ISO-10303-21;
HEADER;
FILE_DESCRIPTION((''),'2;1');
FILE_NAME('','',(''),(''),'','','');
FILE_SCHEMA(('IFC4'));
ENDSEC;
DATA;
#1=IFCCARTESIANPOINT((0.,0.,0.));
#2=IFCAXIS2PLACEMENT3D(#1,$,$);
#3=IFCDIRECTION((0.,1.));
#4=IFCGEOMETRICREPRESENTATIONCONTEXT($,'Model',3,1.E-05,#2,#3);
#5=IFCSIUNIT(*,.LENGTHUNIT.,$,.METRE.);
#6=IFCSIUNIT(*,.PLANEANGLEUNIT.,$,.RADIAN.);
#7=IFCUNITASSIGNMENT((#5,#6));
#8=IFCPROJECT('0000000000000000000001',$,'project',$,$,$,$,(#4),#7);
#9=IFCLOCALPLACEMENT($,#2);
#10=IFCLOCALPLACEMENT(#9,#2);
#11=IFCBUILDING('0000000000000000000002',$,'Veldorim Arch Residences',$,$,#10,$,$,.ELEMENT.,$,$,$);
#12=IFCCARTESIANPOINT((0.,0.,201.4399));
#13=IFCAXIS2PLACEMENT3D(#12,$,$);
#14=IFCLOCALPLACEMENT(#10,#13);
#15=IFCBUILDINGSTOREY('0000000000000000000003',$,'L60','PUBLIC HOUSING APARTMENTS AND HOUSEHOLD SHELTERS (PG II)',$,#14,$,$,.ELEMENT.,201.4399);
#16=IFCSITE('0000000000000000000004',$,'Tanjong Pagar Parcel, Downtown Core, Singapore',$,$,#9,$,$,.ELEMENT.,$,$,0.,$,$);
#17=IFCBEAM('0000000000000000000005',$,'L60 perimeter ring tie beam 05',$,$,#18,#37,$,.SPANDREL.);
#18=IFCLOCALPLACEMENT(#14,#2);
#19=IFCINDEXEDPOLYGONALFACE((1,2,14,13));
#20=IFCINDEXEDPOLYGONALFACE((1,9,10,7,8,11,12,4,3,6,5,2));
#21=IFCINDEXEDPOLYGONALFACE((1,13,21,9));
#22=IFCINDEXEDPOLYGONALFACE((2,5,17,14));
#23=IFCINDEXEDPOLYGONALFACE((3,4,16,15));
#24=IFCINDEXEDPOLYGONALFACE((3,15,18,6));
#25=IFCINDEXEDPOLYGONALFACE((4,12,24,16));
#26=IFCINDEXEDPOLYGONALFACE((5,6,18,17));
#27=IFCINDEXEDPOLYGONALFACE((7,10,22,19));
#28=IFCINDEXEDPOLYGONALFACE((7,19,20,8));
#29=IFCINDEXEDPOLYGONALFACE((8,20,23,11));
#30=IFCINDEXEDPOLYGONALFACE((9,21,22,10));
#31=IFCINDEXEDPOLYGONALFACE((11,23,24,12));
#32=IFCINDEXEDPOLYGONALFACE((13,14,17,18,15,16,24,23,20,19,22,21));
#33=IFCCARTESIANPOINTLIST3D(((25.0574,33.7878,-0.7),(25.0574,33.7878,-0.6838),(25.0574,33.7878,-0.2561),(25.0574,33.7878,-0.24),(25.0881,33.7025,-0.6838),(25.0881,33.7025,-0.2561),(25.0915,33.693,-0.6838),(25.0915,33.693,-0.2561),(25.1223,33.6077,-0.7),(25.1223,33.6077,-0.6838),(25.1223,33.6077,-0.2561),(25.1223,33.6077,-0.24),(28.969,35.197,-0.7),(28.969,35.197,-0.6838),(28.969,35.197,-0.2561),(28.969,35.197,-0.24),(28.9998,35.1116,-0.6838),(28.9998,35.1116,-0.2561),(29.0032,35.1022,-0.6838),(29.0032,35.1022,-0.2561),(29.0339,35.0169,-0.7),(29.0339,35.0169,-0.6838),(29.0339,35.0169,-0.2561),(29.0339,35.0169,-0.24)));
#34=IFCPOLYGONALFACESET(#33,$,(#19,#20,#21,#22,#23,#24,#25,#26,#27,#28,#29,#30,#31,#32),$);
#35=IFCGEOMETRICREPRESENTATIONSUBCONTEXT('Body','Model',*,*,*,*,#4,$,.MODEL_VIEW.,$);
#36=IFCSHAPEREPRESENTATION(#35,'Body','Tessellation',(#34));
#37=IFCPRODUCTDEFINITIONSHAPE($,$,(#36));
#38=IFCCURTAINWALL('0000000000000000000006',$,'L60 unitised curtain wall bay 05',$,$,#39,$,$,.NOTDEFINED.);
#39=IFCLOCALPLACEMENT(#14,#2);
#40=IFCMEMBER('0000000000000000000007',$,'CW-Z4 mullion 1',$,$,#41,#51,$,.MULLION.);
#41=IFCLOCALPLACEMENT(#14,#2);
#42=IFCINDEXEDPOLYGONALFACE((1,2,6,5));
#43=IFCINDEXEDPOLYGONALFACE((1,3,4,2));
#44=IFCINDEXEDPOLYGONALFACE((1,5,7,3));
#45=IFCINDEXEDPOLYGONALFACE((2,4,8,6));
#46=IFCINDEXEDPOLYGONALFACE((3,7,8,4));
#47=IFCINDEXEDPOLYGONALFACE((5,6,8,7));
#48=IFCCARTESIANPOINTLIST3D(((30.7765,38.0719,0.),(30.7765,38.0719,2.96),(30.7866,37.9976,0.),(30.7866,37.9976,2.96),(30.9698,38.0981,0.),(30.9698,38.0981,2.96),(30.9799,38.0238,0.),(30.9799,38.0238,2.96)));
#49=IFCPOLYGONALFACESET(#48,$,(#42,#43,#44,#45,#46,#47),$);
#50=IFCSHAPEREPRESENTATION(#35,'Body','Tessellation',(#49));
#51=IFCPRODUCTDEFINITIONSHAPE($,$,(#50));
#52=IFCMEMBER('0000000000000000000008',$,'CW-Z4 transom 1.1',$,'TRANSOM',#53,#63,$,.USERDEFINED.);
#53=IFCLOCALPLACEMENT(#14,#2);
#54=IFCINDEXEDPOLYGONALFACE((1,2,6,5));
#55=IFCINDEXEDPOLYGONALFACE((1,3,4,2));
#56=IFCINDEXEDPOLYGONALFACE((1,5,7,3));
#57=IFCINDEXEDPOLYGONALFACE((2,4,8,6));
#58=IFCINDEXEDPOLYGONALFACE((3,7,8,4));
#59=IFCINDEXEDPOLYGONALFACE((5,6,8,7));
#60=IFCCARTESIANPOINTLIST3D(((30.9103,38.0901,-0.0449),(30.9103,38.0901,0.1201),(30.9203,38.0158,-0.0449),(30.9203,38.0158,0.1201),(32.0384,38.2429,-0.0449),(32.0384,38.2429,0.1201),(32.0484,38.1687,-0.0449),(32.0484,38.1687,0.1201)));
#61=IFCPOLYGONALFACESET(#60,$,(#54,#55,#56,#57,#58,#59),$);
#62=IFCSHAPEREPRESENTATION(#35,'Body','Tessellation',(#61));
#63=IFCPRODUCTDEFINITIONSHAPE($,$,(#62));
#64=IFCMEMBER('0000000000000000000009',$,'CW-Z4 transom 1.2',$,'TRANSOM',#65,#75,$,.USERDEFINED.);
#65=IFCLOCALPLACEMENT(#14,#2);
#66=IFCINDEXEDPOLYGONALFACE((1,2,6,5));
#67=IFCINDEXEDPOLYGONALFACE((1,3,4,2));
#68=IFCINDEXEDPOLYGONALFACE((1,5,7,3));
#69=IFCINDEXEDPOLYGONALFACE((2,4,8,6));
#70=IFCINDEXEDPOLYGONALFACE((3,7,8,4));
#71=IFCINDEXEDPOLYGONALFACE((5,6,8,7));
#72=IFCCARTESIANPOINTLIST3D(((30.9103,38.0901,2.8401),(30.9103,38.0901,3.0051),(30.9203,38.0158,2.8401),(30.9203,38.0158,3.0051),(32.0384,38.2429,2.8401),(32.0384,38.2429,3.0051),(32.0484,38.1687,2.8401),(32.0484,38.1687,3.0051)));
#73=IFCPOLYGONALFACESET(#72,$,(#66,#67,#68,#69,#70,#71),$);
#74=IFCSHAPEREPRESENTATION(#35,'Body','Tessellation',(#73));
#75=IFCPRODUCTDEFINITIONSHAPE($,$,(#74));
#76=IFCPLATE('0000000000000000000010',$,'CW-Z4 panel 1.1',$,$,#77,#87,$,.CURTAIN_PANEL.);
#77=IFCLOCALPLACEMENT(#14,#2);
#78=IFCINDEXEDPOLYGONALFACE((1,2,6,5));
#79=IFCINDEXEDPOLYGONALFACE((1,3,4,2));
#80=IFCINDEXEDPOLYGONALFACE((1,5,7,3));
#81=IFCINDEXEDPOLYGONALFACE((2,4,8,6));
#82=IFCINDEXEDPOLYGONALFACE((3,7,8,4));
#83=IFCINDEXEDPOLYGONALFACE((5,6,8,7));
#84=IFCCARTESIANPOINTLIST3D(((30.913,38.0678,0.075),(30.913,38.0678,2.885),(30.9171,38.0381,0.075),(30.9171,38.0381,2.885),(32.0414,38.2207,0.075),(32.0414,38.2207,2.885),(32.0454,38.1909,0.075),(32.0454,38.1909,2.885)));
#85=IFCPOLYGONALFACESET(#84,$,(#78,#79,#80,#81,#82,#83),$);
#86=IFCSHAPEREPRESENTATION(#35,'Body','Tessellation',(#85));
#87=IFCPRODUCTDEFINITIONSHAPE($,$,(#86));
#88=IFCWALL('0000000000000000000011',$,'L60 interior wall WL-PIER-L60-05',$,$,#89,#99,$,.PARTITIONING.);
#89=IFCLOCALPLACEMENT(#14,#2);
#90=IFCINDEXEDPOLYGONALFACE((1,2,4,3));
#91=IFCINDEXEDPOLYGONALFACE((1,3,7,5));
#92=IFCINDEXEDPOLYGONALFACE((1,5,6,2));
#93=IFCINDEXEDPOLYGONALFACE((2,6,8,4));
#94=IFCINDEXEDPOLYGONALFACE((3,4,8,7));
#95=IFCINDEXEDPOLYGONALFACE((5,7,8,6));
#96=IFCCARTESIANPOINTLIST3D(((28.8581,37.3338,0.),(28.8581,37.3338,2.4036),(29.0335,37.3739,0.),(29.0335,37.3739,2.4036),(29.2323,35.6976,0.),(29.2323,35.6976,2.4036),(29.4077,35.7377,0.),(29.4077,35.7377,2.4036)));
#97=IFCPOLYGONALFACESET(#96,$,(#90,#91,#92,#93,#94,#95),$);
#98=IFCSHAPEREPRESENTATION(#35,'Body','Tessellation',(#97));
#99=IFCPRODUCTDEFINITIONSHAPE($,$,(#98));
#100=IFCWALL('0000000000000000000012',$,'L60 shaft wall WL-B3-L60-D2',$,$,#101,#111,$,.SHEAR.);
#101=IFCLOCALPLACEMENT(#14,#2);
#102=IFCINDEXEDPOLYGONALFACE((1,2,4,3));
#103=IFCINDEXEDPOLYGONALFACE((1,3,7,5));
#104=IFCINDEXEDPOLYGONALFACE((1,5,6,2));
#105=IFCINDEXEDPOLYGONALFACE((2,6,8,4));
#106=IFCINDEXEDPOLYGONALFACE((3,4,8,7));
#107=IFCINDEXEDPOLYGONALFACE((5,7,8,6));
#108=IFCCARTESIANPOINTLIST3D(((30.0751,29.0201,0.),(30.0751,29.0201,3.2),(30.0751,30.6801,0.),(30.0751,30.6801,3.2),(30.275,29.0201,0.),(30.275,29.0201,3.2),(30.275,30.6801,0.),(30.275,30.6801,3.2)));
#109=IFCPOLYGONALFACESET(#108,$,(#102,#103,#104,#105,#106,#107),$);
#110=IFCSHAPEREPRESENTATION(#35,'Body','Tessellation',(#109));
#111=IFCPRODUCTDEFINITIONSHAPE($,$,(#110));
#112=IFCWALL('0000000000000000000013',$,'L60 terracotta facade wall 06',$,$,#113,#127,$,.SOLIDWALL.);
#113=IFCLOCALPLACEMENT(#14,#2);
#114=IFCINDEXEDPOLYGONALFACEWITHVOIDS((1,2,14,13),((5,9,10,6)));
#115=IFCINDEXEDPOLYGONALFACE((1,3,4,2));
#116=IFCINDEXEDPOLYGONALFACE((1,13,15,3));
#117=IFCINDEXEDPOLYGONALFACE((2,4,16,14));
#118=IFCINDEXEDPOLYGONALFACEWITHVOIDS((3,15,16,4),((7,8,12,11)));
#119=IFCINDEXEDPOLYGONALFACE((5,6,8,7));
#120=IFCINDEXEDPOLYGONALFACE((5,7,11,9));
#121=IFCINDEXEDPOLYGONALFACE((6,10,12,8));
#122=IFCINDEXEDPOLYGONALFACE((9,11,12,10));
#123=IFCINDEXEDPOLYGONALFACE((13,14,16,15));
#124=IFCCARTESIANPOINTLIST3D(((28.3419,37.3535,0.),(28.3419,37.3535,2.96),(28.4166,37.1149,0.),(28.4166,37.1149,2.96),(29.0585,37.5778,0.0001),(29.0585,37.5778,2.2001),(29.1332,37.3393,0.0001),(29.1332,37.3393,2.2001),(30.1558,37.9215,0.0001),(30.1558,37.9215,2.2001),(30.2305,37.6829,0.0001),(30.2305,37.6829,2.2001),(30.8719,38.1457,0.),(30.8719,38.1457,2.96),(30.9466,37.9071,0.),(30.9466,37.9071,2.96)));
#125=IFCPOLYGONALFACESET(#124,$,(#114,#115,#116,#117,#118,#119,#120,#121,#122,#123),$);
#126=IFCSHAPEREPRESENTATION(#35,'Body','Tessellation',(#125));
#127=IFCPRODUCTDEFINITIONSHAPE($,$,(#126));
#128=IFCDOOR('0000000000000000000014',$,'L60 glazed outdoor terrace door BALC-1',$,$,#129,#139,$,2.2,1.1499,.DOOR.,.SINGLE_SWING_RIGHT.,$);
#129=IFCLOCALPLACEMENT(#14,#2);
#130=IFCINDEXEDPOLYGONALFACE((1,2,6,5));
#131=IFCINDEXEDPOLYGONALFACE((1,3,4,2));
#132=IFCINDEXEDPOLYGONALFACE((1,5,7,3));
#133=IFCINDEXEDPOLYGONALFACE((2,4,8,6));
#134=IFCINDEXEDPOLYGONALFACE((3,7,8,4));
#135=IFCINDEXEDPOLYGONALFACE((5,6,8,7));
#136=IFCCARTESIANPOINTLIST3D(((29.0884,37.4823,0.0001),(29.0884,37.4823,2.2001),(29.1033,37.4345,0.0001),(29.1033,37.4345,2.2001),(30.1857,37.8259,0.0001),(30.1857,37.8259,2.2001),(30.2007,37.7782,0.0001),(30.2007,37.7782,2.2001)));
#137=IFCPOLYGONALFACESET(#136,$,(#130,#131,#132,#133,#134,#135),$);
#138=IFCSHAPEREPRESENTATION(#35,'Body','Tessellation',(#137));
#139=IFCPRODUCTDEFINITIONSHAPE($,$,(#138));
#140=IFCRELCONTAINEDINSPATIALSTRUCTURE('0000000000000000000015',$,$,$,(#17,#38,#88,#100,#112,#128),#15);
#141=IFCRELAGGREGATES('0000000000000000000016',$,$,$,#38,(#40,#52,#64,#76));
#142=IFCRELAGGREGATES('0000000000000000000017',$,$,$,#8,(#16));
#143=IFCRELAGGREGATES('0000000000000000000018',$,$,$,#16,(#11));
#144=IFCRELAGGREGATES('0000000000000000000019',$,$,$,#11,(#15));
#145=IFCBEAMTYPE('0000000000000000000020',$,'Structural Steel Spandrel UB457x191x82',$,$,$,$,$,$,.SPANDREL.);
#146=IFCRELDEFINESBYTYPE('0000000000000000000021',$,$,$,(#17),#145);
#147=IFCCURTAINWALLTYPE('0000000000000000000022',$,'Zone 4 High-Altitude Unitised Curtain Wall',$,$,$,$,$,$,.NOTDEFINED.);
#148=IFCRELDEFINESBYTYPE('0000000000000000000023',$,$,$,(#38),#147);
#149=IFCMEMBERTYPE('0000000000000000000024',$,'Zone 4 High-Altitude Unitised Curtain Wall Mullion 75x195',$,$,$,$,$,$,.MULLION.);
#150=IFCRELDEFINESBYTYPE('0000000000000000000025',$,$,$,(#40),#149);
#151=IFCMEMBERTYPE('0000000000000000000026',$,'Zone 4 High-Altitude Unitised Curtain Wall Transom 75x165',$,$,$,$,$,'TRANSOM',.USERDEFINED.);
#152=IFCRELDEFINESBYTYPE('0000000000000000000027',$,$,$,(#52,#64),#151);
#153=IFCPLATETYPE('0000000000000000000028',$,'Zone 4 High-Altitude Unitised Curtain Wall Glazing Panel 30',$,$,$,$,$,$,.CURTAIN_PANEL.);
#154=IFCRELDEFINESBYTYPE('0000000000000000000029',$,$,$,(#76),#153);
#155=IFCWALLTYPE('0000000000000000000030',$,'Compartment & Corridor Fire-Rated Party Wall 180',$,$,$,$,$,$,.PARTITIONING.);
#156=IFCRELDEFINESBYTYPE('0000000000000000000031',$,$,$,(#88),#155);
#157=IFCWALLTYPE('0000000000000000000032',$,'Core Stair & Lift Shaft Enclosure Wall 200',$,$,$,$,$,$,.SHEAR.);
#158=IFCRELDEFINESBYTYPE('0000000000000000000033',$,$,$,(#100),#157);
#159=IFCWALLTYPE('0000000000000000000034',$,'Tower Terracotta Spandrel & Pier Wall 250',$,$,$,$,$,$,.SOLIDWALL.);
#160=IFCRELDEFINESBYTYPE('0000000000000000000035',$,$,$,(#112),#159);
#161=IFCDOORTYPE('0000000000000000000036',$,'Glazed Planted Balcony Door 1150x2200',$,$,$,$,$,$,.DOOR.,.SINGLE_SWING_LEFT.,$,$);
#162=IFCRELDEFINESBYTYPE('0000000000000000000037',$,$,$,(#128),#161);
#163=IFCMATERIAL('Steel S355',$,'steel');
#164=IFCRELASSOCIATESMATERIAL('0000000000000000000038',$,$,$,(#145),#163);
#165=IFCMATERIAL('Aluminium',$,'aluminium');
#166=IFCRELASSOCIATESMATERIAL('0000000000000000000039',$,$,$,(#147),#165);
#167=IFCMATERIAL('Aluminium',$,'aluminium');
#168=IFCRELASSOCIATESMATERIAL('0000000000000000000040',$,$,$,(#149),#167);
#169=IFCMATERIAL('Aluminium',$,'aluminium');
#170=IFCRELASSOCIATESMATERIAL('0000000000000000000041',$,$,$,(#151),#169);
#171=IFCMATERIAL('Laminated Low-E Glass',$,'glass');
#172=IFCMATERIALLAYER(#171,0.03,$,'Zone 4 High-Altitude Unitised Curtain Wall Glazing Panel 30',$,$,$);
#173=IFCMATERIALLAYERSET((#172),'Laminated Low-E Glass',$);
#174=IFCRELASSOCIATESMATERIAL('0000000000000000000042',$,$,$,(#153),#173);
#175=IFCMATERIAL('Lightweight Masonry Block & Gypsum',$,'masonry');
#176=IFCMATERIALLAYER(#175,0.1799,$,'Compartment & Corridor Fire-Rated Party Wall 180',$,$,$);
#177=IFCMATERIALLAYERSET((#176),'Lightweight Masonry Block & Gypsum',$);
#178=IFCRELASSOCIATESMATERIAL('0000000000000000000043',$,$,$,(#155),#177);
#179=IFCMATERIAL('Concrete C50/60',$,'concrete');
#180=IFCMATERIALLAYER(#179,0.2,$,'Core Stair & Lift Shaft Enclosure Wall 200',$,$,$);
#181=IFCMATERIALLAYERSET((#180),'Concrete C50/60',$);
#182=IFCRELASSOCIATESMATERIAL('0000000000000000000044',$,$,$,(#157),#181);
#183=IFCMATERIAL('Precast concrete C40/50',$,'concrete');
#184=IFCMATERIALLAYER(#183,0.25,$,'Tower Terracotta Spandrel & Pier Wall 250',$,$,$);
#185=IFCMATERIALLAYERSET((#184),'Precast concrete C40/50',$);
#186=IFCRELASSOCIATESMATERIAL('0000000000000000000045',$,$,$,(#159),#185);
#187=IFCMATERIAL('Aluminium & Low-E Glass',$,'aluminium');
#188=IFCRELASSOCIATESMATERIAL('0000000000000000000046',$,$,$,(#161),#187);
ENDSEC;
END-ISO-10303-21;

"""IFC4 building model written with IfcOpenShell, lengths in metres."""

from ifc_helpers import new_model, si_unit, direction, frame, frame_2d, origin, origin_2d, place, context, subcontext, project, spatial, rectangle, i_section, extrude, material, layer, layer_set, material_profile, profile_set, type_object, element, fill, aggregate, save


model = new_model("IFC4")

# Units and contexts
model_context = context("Model", 3, precision=1e-05, world=origin(), true_north=direction((0.0, 1.0)))
body_context = subcontext(model_context, "Body", "Model", "MODEL_VIEW")
ifc_project = project(units=[si_unit("LENGTHUNIT", "METRE"), si_unit("PLANEANGLEUNIT", "RADIAN")], contexts=[model_context])

# Site, building, storey
site_placement = place(None, origin())
site = spatial("IfcSite", under=ifc_project, at=site_placement, Name="Tanjong Pagar Parcel, Downtown Core, Singapore", CompositionType="ELEMENT", RefElevation=0.0)
building_placement = place(site_placement, origin())
building = spatial("IfcBuilding", under=site, at=building_placement, Name="Veldorim Arch Residences", CompositionType="ELEMENT")
storey_placement = place(building_placement, frame((0.0, 0.0, 201.4399)))
storey = spatial("IfcBuildingStorey", under=building, at=storey_placement, Name="L60", Description="PUBLIC HOUSING APARTMENTS AND HOUSEHOLD SHELTERS (PG II)", CompositionType="ELEMENT", Elevation=201.4399)

# Beam
ifc_material_1 = material(Name="Steel S355", Category="steel")
ifc_material_profile_1 = material_profile(ifc_material_1, i_section(OverallWidth=0.1914, OverallDepth=0.46, WebThickness=0.01, FlangeThickness=0.0161, at=origin_2d()), Name="UB457x191x82")
ifc_profile_set_1 = profile_set([ifc_material_profile_1], Name="Steel S355")
beam_type_1 = type_object("IfcBeamType", Name="Structural Steel Spandrel UB457x191x82", PredefinedType="SPANDREL", material=ifc_profile_set_1)
beam_1_placement = place(storey_placement, frame((29.0015, 35.1069, -0.47), z_axis=(-0.940811, -0.338932, 0.0), x_axis=(0.338932, -0.940811, 0.0)))
element("IfcBeam", 1, at=beam_1_placement, inside=storey, type_object=beam_type_1, Name="L60 perimeter ring tie beam 05", PredefinedType="SPANDREL", context=body_context, shape_type="SweptSolid", body=[
    extrude(i_section(OverallWidth=0.1914, OverallDepth=0.46, WebThickness=0.01, FlangeThickness=0.0161, at=origin_2d()), origin(), (0.0, 0.0, 1.0), 4.1577),
])

# Curtain wall, members, plate
ifc_material_2 = material(Name="Aluminium", Category="aluminium")
curtain_wall_type = type_object("IfcCurtainWallType", Name="Zone 4 High-Altitude Unitised Curtain Wall", PredefinedType="NOTDEFINED", material=ifc_material_2)
curtain_wall_placement = place(storey_placement, origin())
curtain_wall = element("IfcCurtainWall", 2, at=curtain_wall_placement, inside=storey, type_object=curtain_wall_type, Name="L60 unitised curtain wall bay 05", PredefinedType="NOTDEFINED")
ifc_material_3 = material(Name="Aluminium", Category="aluminium")
ifc_material_profile_2 = material_profile(ifc_material_3, rectangle(XDim=0.075, YDim=0.1951, at=origin_2d()), Name="ALU_MUL_75x195")
ifc_profile_set_2 = profile_set([ifc_material_profile_2], Name="Aluminium")
member_type_1 = type_object("IfcMemberType", Name="Zone 4 High-Altitude Unitised Curtain Wall Mullion 75x195", PredefinedType="MULLION", material=ifc_profile_set_2)
member_1_placement = place(storey_placement, frame((30.8782, 38.0479, 0.0), z_axis=(0.0, 0.0, 1.0), x_axis=(-0.134245, 0.990948, 0.0)))
member_1 = element("IfcMember", 3, at=member_1_placement, type_object=member_type_1, Name="CW-Z4 mullion 1", PredefinedType="MULLION", context=body_context, shape_type="SweptSolid", body=[
    extrude(rectangle(XDim=0.075, YDim=0.1951, at=origin_2d()), origin(), (0.0, 0.0, 1.0), 2.96),
])
ifc_material_4 = material(Name="Aluminium", Category="aluminium")
ifc_material_profile_3 = material_profile(ifc_material_4, rectangle(XDim=0.075, YDim=0.165, at=origin_2d()), Name="ALU_TRN_75x165")
ifc_profile_set_3 = profile_set([ifc_material_profile_3], Name="Aluminium")
member_type_2 = type_object("IfcMemberType", Name="Zone 4 High-Altitude Unitised Curtain Wall Transom 75x165", ElementType="TRANSOM", PredefinedType="USERDEFINED", material=ifc_profile_set_3)
member_2_placement = place(storey_placement, frame((30.9153, 38.053, 0.0376), z_axis=(0.990949, 0.134242, 0.0), x_axis=(-0.134242, 0.990949, 0.0)))
member_2 = element("IfcMember", 4, at=member_2_placement, type_object=member_type_2, Name="CW-Z4 transom 1.1", ObjectType="TRANSOM", PredefinedType="USERDEFINED", context=body_context, shape_type="SweptSolid", body=[
    extrude(rectangle(XDim=0.075, YDim=0.165, at=origin_2d()), origin(), (0.0, 0.0, 1.0), 1.1384),
])
member_3_placement = place(storey_placement, frame((30.9153, 38.053, 2.9226), z_axis=(0.990949, 0.134242, 0.0), x_axis=(-0.134242, 0.990949, 0.0)))
member_3 = element("IfcMember", 5, at=member_3_placement, type_object=member_type_2, Name="CW-Z4 transom 1.2", ObjectType="TRANSOM", PredefinedType="USERDEFINED", context=body_context, shape_type="SweptSolid", body=[
    extrude(rectangle(XDim=0.075, YDim=0.165, at=origin_2d()), origin(), (0.0, 0.0, 1.0), 1.1384),
])
ifc_material_5 = material(Name="Laminated Low-E Glass", Category="glass")
ifc_layer_1 = layer(ifc_material_5, 0.03, Name="Zone 4 High-Altitude Unitised Curtain Wall Glazing Panel 30")
ifc_layer_set_1 = layer_set([ifc_layer_1], Name="Laminated Low-E Glass")
plate_type = type_object("IfcPlateType", Name="Zone 4 High-Altitude Unitised Curtain Wall Glazing Panel 30", PredefinedType="CURTAIN_PANEL", material=ifc_layer_set_1)
plate_placement = place(storey_placement, frame((31.4792, 38.1294, 0.075), z_axis=(0.0, 0.0, 1.0), x_axis=(0.990948, 0.134245, 0.0)))
plate = element("IfcPlate", 6, at=plate_placement, type_object=plate_type, Name="CW-Z4 panel 1.1", PredefinedType="CURTAIN_PANEL", context=body_context, shape_type="SweptSolid", body=[
    extrude(rectangle(XDim=1.1387, YDim=0.03, at=origin_2d()), origin(), (0.0, 0.0, 1.0), 2.8101),
])
aggregate(curtain_wall, [member_1, member_2, member_3, plate])

# Walls
ifc_material_6 = material(Name="Lightweight Masonry Block & Gypsum", Category="masonry")
ifc_layer_2 = layer(ifc_material_6, 0.1799, Name="Compartment & Corridor Fire-Rated Party Wall 180")
ifc_layer_set_2 = layer_set([ifc_layer_2], Name="Lightweight Masonry Block & Gypsum")
wall_type_1 = type_object("IfcWallType", Name="Compartment & Corridor Fire-Rated Party Wall 180", PredefinedType="PARTITIONING", material=ifc_layer_set_2)
wall_1_placement = place(storey_placement, frame((29.3201, 35.7175, 0.0), z_axis=(0.0, 0.0, 1.0), x_axis=(-0.222979, 0.974823, 0.0)))
element("IfcWall", 7, at=wall_1_placement, inside=storey, type_object=wall_type_1, Name="L60 interior wall WL-PIER-L60-05", PredefinedType="PARTITIONING", context=body_context, shape_type="SweptSolid", body=[
    extrude(rectangle(XDim=1.6785, YDim=0.1799, at=frame_2d((0.8394, 0.0))), origin(), (0.0, 0.0, 1.0), 2.4036),
])
ifc_material_7 = material(Name="Concrete C50/60", Category="concrete")
ifc_layer_3 = layer(ifc_material_7, 0.2, Name="Core Stair & Lift Shaft Enclosure Wall 200")
ifc_layer_set_3 = layer_set([ifc_layer_3], Name="Concrete C50/60")
wall_type_2 = type_object("IfcWallType", Name="Core Stair & Lift Shaft Enclosure Wall 200", PredefinedType="SHEAR", material=ifc_layer_set_3)
wall_2_placement = place(storey_placement, frame((30.175, 29.02, 0.0), z_axis=(0.0, 0.0, 1.0), x_axis=(0.0, 1.0, 0.0)))
element("IfcWall", 8, at=wall_2_placement, inside=storey, type_object=wall_type_2, Name="L60 shaft wall WL-B3-L60-D2", PredefinedType="SHEAR", context=body_context, shape_type="SweptSolid", body=[
    extrude(rectangle(XDim=1.6599, YDim=0.2, at=frame_2d((0.8301, 0.0))), origin(), (0.0, 0.0, 1.0), 3.2),
])

# Wall, opening, door
ifc_material_8 = material(Name="Precast concrete C40/50", Category="concrete")
ifc_layer_4 = layer(ifc_material_8, 0.25, Name="Tower Terracotta Spandrel & Pier Wall 250")
ifc_layer_set_4 = layer_set([ifc_layer_4], Name="Precast concrete C40/50")
wall_type_3 = type_object("IfcWallType", Name="Tower Terracotta Spandrel & Pier Wall 250", PredefinedType="SOLIDWALL", material=ifc_layer_set_4)
wall_3_placement = place(storey_placement, frame((28.3792, 37.2341, 0.0), z_axis=(0.0, 0.0, 1.0), x_axis=(0.954308, 0.298826, 0.0)))
wall_3 = element("IfcWall", 9, at=wall_3_placement, inside=storey, type_object=wall_type_3, Name="L60 terracotta facade wall 06", PredefinedType="SOLIDWALL", context=body_context, shape_type="SweptSolid", body=[
    extrude(rectangle(XDim=2.6511, YDim=0.25, at=frame_2d((1.3257, 0.0))), origin(), (0.0, 0.0, 1.0), 2.96),
])
opening_1_placement = place(wall_3_placement, frame((0.751, 0.0, 0.0)))
opening_1 = element("IfcOpeningElement", 10, at=opening_1_placement, cuts=wall_3, PredefinedType="OPENING", context=body_context, shape_type="SweptSolid", body=[
    extrude(rectangle(XDim=1.1499, YDim=2.2, at=frame_2d((0.575, 1.1001))), frame((0.0, 0.135, 0.0), z_axis=(0.0, -1.0, 0.0), x_axis=(1.0, 0.0, 0.0)), (0.0, 0.0, 1.0), 0.27),
])
ifc_material_9 = material(Name="Aluminium & Low-E Glass", Category="aluminium")
door_type_1 = type_object("IfcDoorType", Name="Glazed Planted Balcony Door 1150x2200", OperationType="SINGLE_SWING_LEFT", PredefinedType="DOOR", material=ifc_material_9)
door_1_placement = place(opening_1_placement, origin())
door_1 = element("IfcDoor", 11, at=door_1_placement, inside=storey, type_object=door_type_1, Name="L60 glazed outdoor terrace door BALC-1", OperationType="SINGLE_SWING_RIGHT", OverallHeight=2.2, OverallWidth=1.1499, PredefinedType="DOOR", context=body_context, shape_type="SweptSolid", body=[
    extrude(rectangle(XDim=1.1499, YDim=2.2, at=frame_2d((0.575, 1.1001))), frame((0.0, 0.0249, 0.0), z_axis=(0.0, -1.0, 0.0), x_axis=(1.0, 0.0, 0.0)), (0.0, 0.0, 1.0), 0.05),
])
fill(opening_1, door_1)

save(model, "model.ifc")
